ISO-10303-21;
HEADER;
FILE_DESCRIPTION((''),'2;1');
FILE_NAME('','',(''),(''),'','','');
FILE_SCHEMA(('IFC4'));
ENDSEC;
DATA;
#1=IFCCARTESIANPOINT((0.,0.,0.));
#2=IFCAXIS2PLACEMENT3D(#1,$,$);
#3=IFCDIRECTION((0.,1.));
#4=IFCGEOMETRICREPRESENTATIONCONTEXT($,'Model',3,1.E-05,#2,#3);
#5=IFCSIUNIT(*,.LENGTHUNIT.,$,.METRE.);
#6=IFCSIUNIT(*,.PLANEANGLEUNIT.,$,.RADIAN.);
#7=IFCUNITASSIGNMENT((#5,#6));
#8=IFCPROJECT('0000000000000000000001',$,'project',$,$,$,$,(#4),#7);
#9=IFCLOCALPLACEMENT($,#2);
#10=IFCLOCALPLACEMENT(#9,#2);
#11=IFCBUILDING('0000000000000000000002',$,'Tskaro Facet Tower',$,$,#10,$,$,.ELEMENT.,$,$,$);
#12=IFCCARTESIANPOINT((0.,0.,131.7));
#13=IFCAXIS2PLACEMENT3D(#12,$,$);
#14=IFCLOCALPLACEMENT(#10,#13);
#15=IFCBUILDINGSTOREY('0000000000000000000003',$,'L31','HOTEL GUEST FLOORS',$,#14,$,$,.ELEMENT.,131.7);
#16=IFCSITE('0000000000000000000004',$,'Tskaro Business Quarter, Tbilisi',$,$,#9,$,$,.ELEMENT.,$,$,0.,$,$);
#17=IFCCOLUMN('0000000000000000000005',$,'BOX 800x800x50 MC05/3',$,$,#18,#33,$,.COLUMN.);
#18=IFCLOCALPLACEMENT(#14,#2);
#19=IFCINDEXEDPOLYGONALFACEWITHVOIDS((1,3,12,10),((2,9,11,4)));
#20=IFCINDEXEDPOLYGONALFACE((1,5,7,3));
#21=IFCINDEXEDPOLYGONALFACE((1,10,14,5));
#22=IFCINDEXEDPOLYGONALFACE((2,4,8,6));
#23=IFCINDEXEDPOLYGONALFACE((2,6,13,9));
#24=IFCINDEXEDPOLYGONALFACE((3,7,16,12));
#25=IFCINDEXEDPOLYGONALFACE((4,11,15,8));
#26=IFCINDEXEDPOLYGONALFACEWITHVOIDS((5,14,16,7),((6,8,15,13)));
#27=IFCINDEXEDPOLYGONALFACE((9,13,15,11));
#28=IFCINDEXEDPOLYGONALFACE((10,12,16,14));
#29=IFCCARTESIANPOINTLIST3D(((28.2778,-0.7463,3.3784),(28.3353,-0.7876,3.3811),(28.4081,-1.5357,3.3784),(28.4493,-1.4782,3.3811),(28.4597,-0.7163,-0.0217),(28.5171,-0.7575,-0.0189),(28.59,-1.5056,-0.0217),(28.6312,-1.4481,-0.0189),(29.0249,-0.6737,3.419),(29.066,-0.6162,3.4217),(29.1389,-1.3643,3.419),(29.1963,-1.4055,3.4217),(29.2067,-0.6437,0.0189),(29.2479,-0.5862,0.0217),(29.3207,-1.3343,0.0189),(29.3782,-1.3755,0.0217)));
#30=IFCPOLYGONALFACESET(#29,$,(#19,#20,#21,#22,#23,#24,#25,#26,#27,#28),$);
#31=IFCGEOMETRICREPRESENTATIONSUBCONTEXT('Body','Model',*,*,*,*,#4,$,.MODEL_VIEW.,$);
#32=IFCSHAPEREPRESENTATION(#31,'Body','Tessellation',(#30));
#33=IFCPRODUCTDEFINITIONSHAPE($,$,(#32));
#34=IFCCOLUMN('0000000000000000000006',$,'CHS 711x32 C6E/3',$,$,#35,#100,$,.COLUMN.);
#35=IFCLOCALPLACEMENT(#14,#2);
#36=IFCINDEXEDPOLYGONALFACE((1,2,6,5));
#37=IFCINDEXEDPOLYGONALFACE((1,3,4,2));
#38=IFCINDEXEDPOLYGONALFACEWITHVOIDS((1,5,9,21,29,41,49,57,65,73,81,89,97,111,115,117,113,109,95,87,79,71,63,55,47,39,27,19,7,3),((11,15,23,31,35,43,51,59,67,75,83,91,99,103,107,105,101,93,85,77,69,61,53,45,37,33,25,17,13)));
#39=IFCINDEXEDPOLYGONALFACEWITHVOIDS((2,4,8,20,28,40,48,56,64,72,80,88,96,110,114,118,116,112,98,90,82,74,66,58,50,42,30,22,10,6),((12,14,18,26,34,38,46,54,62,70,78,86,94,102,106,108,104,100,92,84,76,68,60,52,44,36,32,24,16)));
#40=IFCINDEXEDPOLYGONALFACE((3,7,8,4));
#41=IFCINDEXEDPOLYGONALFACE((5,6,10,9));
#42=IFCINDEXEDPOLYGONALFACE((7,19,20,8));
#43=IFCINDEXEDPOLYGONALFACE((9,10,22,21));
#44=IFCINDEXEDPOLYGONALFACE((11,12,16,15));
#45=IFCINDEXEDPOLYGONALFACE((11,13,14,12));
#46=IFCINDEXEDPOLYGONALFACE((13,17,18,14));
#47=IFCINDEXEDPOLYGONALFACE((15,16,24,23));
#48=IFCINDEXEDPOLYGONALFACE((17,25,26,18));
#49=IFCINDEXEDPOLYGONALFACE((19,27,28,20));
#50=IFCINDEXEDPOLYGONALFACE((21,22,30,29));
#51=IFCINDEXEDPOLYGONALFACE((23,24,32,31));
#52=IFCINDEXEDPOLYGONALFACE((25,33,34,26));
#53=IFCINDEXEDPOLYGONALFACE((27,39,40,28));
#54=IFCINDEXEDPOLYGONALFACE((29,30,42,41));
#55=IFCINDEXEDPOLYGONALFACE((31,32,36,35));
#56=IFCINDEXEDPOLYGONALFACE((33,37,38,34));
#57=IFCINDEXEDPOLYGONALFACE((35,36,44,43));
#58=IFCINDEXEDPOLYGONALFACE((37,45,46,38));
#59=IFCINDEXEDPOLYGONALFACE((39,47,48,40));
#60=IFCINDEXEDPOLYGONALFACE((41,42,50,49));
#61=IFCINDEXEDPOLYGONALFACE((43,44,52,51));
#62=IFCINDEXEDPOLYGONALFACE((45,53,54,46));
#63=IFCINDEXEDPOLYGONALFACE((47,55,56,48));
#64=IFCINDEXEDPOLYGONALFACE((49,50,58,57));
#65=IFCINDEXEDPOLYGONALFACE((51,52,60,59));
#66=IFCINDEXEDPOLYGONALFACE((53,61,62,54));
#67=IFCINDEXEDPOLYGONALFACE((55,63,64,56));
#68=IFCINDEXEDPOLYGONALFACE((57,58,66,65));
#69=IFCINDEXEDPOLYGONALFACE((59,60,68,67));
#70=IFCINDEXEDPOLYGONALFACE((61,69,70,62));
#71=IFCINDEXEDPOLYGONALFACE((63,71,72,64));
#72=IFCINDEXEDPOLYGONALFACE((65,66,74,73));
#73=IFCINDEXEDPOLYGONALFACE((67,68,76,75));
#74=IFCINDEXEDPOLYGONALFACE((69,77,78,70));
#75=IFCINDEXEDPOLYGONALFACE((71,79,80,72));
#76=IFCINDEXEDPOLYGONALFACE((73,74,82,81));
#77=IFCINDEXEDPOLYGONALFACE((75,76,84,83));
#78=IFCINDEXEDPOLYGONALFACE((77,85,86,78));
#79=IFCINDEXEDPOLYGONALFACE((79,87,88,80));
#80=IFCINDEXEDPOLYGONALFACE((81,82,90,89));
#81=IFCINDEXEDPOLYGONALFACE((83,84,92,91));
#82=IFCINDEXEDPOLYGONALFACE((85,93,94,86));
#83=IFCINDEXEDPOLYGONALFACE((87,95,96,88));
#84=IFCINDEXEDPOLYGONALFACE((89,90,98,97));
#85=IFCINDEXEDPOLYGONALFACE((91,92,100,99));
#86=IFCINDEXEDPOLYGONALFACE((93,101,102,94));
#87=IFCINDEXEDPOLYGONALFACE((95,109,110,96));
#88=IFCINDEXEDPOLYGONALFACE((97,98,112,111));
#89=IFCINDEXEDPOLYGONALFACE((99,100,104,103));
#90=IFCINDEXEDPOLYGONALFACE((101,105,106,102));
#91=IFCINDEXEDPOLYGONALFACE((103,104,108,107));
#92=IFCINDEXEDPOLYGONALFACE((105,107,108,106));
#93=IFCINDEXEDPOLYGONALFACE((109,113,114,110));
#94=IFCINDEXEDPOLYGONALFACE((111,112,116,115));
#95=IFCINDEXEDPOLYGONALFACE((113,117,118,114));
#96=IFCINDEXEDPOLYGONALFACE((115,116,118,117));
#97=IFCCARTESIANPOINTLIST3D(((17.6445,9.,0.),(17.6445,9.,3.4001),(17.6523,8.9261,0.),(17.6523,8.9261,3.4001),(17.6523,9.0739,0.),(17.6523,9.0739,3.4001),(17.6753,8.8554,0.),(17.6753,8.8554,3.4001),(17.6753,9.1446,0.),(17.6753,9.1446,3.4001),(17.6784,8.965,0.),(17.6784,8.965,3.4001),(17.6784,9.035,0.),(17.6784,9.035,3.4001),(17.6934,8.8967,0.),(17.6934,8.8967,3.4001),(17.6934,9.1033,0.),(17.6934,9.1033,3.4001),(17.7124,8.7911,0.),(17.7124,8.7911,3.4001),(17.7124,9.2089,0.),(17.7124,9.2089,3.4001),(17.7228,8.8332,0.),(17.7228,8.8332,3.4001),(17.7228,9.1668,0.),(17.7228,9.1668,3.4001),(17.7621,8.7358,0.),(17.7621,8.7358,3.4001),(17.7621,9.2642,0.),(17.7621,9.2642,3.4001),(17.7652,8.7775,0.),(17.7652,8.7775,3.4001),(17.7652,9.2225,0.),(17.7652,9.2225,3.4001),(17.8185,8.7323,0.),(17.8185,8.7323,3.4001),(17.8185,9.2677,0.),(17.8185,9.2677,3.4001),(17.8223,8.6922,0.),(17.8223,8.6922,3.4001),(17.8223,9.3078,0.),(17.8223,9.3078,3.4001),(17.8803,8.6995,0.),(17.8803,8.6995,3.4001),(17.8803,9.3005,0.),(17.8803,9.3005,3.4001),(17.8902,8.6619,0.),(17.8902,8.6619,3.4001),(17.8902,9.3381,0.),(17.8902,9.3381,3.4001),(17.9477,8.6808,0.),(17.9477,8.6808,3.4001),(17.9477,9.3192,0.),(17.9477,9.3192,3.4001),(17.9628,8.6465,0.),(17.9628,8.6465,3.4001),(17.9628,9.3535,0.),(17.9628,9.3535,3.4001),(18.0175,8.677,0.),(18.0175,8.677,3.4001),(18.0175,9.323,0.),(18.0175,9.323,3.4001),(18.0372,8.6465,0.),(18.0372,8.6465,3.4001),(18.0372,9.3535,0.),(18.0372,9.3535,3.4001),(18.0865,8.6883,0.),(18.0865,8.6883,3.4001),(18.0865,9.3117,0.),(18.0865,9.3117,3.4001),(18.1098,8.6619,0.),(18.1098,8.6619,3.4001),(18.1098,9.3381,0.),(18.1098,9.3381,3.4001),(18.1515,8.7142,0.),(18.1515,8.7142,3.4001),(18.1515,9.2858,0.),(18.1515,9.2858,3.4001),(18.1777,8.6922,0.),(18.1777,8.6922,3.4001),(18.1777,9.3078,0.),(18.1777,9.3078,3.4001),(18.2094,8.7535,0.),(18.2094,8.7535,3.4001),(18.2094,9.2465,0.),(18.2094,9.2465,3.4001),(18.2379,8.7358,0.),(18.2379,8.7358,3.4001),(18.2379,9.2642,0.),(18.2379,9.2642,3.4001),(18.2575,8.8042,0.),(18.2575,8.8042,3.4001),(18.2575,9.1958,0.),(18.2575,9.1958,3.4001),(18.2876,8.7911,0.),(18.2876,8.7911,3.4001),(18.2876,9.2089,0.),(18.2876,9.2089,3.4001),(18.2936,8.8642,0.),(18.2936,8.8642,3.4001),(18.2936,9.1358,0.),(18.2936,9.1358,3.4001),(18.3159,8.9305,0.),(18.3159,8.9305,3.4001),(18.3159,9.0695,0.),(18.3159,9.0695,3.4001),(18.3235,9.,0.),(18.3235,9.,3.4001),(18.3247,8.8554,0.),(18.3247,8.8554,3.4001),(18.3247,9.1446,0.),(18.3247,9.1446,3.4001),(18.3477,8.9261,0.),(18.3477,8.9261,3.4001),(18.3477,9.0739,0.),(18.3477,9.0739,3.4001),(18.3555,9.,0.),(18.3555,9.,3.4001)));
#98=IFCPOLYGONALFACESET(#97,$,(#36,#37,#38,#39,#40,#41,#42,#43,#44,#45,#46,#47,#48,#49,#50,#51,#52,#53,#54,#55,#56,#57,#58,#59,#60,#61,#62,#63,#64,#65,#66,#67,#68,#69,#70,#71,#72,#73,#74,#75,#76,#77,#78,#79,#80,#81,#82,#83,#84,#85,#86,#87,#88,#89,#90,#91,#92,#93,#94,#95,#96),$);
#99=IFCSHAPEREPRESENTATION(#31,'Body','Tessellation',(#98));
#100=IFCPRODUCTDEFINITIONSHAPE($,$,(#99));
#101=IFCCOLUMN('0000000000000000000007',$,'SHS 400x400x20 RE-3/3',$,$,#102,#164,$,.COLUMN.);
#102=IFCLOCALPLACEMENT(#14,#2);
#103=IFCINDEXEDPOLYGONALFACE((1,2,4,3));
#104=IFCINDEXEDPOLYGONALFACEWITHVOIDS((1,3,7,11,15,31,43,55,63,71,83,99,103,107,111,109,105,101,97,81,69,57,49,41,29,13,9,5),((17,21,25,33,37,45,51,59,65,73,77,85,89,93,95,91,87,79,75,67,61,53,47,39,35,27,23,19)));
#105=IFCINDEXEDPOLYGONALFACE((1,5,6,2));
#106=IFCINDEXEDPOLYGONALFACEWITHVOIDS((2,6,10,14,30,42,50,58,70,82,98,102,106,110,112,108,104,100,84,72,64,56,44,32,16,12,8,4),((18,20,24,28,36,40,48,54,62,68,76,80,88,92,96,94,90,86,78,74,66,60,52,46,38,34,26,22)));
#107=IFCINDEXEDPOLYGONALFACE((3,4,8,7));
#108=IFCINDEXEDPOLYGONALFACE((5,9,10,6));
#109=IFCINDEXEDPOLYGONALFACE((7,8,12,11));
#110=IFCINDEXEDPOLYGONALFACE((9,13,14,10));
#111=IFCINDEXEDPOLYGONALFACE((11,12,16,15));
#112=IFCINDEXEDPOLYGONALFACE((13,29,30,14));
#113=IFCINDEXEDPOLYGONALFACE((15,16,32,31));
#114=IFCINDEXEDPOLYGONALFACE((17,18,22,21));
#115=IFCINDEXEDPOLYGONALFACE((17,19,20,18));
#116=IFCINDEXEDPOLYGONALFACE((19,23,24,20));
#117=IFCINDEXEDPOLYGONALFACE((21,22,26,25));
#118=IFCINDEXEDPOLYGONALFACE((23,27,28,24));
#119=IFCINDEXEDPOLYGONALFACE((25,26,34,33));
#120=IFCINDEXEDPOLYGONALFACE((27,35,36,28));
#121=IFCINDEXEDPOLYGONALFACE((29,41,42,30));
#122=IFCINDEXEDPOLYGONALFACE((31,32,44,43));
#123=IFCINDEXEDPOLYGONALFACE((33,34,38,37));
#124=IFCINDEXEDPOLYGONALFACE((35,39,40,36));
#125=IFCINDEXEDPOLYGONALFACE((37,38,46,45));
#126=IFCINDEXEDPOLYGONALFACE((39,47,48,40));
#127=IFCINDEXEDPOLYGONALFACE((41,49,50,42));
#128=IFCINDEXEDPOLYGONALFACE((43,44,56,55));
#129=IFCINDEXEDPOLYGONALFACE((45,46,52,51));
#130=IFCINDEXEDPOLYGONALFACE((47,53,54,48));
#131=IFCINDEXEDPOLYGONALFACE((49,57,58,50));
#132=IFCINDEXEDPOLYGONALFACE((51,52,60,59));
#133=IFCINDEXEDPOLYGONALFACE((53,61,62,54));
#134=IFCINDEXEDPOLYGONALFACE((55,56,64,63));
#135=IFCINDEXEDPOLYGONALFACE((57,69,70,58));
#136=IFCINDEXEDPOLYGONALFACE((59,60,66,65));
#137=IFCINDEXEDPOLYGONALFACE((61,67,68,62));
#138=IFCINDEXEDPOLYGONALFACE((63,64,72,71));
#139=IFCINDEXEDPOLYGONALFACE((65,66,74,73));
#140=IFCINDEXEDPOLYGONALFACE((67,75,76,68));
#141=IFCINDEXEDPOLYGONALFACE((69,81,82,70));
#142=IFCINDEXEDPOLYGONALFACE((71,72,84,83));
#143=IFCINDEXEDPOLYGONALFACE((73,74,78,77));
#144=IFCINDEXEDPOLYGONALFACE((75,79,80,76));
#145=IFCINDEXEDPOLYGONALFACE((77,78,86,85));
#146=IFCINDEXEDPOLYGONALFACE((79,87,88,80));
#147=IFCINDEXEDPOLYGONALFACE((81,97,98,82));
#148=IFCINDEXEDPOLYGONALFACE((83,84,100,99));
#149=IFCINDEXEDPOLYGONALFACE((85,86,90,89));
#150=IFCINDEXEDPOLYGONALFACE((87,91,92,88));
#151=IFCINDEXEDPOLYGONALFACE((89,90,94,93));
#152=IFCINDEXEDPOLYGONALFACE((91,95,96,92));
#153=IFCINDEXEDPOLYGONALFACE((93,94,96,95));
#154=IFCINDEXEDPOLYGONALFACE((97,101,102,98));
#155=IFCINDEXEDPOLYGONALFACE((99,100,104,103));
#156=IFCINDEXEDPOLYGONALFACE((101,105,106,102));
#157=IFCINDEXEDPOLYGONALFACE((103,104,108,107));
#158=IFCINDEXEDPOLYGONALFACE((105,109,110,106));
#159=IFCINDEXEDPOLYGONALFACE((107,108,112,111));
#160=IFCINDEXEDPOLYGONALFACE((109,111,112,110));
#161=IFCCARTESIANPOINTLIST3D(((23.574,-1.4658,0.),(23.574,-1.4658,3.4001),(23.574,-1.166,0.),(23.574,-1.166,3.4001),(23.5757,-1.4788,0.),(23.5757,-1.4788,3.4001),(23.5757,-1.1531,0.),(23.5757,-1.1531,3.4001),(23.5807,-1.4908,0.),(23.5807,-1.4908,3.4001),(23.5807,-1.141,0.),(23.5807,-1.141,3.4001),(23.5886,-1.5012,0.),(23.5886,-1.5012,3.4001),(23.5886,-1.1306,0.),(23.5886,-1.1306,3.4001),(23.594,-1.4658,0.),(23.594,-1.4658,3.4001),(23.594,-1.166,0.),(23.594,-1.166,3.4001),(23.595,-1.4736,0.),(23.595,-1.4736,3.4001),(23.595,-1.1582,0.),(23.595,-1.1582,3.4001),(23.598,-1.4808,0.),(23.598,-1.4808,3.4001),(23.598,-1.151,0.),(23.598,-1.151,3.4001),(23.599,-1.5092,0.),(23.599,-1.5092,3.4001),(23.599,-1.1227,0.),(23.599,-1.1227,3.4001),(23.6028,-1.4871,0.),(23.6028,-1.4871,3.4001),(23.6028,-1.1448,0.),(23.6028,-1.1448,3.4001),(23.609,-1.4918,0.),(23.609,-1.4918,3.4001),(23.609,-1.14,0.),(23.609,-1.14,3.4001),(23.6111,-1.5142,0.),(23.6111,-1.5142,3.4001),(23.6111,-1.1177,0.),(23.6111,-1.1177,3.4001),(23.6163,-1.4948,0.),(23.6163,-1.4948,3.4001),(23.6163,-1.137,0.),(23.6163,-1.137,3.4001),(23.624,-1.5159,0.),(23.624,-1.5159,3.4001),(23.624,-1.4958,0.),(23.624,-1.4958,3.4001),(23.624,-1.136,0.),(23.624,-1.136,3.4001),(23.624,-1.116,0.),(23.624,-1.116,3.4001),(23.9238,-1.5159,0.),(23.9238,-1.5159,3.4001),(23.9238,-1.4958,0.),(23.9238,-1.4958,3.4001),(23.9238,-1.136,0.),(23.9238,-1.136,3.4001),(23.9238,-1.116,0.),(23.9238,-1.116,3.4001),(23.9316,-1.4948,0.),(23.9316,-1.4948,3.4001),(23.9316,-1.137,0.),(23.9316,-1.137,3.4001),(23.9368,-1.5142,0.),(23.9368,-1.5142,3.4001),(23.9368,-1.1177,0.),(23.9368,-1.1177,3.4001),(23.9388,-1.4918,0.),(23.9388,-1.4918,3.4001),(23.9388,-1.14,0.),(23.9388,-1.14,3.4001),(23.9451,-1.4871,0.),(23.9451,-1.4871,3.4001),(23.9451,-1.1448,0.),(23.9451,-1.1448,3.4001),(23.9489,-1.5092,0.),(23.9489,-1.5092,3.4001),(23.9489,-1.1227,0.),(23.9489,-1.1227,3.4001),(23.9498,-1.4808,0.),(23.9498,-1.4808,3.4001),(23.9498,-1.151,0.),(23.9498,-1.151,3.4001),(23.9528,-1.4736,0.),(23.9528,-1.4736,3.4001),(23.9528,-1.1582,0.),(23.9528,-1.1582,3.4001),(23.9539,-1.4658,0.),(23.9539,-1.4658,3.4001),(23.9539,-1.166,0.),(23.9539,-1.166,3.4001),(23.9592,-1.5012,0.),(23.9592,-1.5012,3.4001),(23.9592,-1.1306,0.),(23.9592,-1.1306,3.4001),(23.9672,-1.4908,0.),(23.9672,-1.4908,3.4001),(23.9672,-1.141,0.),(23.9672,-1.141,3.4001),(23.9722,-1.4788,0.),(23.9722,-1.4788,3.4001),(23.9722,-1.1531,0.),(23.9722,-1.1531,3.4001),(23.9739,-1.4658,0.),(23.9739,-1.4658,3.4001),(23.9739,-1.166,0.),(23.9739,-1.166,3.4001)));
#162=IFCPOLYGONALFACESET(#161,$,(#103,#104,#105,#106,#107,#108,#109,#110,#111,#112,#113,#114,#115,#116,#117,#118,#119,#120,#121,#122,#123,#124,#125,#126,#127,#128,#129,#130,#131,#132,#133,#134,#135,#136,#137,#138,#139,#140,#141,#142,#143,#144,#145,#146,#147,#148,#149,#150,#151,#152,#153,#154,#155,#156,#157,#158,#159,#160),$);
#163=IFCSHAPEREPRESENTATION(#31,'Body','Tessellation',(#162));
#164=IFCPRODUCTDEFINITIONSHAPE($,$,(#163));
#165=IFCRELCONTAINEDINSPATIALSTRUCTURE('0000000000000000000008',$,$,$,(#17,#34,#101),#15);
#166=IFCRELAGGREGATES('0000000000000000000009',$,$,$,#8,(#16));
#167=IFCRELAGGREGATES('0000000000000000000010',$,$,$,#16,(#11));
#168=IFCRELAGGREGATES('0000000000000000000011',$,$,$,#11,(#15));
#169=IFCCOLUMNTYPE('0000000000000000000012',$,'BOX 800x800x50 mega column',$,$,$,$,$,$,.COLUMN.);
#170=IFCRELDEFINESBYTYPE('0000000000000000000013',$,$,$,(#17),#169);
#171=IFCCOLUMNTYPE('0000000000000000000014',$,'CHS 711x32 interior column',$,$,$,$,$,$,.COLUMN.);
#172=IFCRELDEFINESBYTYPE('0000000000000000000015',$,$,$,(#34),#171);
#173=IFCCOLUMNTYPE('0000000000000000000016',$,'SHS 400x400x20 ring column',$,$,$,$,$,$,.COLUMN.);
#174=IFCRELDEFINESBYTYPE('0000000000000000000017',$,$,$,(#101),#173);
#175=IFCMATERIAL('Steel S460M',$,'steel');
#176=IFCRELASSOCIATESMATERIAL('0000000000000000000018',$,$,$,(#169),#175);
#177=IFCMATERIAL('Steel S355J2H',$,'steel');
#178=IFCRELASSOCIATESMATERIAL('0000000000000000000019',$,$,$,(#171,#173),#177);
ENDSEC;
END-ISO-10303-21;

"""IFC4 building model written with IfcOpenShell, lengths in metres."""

from ifc_helpers import new_model, si_unit, direction, frame, origin, origin_2d, place, context, subcontext, project, spatial, hollow_rectangle, hollow_circle, extrude, material, material_profile, profile_set, type_object, element, save


model = new_model("IFC4")

# Units and contexts
model_context = context("Model", 3, precision=1e-05, world=origin(), true_north=direction((0.0, 1.0)))
body_context = subcontext(model_context, "Body", "Model", "MODEL_VIEW")
ifc_project = project(units=[si_unit("LENGTHUNIT", "METRE"), si_unit("PLANEANGLEUNIT", "RADIAN")], contexts=[model_context])

# Site, building, storey
site_placement = place(None, origin())
site = spatial("IfcSite", under=ifc_project, at=site_placement, Name="Tskaro Business Quarter, Tbilisi", CompositionType="ELEMENT", RefElevation=0.0)
building_placement = place(site_placement, origin())
building = spatial("IfcBuilding", under=site, at=building_placement, Name="Tskaro Facet Tower", CompositionType="ELEMENT")
storey_placement = place(building_placement, frame((0.0, 0.0, 131.7)))
storey = spatial("IfcBuildingStorey", under=building, at=storey_placement, Name="L31", Description="HOTEL GUEST FLOORS", CompositionType="ELEMENT", Elevation=131.7)

# Columns
ifc_material_1 = material(Name="Steel S460M", Category="steel")
ifc_material_profile_1 = material_profile(ifc_material_1, hollow_rectangle(XDim=0.8, YDim=0.8, WallThickness=0.05, at=origin_2d()), Name="BOX 800x800x50")
ifc_profile_set_1 = profile_set([ifc_material_profile_1], Name="Steel S460M")
column_type_1 = type_object("IfcColumnType", Name="BOX 800x800x50 mega column", PredefinedType="COLUMN", material=ifc_profile_set_1)
column_1_placement = place(storey_placement, frame((28.9189, -1.0459, 0.0), z_axis=(-0.053415, -0.008819, 0.998533), x_axis=(0.162895, -0.986643, 0.0)))
element("IfcColumn", 1, at=column_1_placement, inside=storey, type_object=column_type_1, Name="BOX 800x800x50 MC05/3", PredefinedType="COLUMN", context=body_context, shape_type="SweptSolid", body=[
    extrude(hollow_rectangle(XDim=0.8, YDim=0.8, WallThickness=0.05, at=origin_2d()), origin(), (0.0, 0.0, 1.0), 3.405),
])
ifc_material_2 = material(Name="Steel S355J2H", Category="steel")
ifc_material_profile_2 = material_profile(ifc_material_2, hollow_circle(Radius=0.3555, WallThickness=0.032, at=origin_2d()), Name="CHS 711x32")
ifc_profile_set_2 = profile_set([ifc_material_profile_2], Name="Steel S355J2H")
column_type_2 = type_object("IfcColumnType", Name="CHS 711x32 interior column", PredefinedType="COLUMN", material=ifc_profile_set_2)
column_2_placement = place(storey_placement, frame((18.0, 9.0, 0.0), z_axis=(0.0, 0.0, 1.0), x_axis=(1.0, 0.0, 0.0)))
element("IfcColumn", 2, at=column_2_placement, inside=storey, type_object=column_type_2, Name="CHS 711x32 C6E/3", PredefinedType="COLUMN", context=body_context, shape_type="SweptSolid", body=[
    extrude(hollow_circle(Radius=0.3555, WallThickness=0.032, at=origin_2d()), origin(), (0.0, 0.0, 1.0), 3.4001),
])
ifc_material_profile_3 = material_profile(ifc_material_2, hollow_rectangle(XDim=0.3999, YDim=0.3999, WallThickness=0.02, InnerFilletRadius=0.03, OuterFilletRadius=0.05, at=origin_2d()), Name="SHS 400x400x20")
ifc_profile_set_3 = profile_set([ifc_material_profile_3], Name="Steel S355J2H")
column_type_3 = type_object("IfcColumnType", Name="SHS 400x400x20 ring column", PredefinedType="COLUMN", material=ifc_profile_set_3)
for number, where, z_axis, x_axis, name in (
    (3, (23.7739, -1.3159, 0.0), (0.0, 0.0, 1.0), (1.0, 0.0, 0.0), "SHS 400x400x20 RE-3/3"),
):
    element("IfcColumn", number, at=place(storey_placement, frame(where, z_axis=z_axis, x_axis=x_axis)), inside=storey, type_object=column_type_3, Name=name, PredefinedType="COLUMN", context=body_context, shape_type="SweptSolid", body=[
        extrude(hollow_rectangle(XDim=0.3999, YDim=0.3999, WallThickness=0.02, InnerFilletRadius=0.03, OuterFilletRadius=0.05, at=origin_2d()), origin(), (0.0, 0.0, 1.0), 3.4001),
    ])

save(model, "model.ifc")
